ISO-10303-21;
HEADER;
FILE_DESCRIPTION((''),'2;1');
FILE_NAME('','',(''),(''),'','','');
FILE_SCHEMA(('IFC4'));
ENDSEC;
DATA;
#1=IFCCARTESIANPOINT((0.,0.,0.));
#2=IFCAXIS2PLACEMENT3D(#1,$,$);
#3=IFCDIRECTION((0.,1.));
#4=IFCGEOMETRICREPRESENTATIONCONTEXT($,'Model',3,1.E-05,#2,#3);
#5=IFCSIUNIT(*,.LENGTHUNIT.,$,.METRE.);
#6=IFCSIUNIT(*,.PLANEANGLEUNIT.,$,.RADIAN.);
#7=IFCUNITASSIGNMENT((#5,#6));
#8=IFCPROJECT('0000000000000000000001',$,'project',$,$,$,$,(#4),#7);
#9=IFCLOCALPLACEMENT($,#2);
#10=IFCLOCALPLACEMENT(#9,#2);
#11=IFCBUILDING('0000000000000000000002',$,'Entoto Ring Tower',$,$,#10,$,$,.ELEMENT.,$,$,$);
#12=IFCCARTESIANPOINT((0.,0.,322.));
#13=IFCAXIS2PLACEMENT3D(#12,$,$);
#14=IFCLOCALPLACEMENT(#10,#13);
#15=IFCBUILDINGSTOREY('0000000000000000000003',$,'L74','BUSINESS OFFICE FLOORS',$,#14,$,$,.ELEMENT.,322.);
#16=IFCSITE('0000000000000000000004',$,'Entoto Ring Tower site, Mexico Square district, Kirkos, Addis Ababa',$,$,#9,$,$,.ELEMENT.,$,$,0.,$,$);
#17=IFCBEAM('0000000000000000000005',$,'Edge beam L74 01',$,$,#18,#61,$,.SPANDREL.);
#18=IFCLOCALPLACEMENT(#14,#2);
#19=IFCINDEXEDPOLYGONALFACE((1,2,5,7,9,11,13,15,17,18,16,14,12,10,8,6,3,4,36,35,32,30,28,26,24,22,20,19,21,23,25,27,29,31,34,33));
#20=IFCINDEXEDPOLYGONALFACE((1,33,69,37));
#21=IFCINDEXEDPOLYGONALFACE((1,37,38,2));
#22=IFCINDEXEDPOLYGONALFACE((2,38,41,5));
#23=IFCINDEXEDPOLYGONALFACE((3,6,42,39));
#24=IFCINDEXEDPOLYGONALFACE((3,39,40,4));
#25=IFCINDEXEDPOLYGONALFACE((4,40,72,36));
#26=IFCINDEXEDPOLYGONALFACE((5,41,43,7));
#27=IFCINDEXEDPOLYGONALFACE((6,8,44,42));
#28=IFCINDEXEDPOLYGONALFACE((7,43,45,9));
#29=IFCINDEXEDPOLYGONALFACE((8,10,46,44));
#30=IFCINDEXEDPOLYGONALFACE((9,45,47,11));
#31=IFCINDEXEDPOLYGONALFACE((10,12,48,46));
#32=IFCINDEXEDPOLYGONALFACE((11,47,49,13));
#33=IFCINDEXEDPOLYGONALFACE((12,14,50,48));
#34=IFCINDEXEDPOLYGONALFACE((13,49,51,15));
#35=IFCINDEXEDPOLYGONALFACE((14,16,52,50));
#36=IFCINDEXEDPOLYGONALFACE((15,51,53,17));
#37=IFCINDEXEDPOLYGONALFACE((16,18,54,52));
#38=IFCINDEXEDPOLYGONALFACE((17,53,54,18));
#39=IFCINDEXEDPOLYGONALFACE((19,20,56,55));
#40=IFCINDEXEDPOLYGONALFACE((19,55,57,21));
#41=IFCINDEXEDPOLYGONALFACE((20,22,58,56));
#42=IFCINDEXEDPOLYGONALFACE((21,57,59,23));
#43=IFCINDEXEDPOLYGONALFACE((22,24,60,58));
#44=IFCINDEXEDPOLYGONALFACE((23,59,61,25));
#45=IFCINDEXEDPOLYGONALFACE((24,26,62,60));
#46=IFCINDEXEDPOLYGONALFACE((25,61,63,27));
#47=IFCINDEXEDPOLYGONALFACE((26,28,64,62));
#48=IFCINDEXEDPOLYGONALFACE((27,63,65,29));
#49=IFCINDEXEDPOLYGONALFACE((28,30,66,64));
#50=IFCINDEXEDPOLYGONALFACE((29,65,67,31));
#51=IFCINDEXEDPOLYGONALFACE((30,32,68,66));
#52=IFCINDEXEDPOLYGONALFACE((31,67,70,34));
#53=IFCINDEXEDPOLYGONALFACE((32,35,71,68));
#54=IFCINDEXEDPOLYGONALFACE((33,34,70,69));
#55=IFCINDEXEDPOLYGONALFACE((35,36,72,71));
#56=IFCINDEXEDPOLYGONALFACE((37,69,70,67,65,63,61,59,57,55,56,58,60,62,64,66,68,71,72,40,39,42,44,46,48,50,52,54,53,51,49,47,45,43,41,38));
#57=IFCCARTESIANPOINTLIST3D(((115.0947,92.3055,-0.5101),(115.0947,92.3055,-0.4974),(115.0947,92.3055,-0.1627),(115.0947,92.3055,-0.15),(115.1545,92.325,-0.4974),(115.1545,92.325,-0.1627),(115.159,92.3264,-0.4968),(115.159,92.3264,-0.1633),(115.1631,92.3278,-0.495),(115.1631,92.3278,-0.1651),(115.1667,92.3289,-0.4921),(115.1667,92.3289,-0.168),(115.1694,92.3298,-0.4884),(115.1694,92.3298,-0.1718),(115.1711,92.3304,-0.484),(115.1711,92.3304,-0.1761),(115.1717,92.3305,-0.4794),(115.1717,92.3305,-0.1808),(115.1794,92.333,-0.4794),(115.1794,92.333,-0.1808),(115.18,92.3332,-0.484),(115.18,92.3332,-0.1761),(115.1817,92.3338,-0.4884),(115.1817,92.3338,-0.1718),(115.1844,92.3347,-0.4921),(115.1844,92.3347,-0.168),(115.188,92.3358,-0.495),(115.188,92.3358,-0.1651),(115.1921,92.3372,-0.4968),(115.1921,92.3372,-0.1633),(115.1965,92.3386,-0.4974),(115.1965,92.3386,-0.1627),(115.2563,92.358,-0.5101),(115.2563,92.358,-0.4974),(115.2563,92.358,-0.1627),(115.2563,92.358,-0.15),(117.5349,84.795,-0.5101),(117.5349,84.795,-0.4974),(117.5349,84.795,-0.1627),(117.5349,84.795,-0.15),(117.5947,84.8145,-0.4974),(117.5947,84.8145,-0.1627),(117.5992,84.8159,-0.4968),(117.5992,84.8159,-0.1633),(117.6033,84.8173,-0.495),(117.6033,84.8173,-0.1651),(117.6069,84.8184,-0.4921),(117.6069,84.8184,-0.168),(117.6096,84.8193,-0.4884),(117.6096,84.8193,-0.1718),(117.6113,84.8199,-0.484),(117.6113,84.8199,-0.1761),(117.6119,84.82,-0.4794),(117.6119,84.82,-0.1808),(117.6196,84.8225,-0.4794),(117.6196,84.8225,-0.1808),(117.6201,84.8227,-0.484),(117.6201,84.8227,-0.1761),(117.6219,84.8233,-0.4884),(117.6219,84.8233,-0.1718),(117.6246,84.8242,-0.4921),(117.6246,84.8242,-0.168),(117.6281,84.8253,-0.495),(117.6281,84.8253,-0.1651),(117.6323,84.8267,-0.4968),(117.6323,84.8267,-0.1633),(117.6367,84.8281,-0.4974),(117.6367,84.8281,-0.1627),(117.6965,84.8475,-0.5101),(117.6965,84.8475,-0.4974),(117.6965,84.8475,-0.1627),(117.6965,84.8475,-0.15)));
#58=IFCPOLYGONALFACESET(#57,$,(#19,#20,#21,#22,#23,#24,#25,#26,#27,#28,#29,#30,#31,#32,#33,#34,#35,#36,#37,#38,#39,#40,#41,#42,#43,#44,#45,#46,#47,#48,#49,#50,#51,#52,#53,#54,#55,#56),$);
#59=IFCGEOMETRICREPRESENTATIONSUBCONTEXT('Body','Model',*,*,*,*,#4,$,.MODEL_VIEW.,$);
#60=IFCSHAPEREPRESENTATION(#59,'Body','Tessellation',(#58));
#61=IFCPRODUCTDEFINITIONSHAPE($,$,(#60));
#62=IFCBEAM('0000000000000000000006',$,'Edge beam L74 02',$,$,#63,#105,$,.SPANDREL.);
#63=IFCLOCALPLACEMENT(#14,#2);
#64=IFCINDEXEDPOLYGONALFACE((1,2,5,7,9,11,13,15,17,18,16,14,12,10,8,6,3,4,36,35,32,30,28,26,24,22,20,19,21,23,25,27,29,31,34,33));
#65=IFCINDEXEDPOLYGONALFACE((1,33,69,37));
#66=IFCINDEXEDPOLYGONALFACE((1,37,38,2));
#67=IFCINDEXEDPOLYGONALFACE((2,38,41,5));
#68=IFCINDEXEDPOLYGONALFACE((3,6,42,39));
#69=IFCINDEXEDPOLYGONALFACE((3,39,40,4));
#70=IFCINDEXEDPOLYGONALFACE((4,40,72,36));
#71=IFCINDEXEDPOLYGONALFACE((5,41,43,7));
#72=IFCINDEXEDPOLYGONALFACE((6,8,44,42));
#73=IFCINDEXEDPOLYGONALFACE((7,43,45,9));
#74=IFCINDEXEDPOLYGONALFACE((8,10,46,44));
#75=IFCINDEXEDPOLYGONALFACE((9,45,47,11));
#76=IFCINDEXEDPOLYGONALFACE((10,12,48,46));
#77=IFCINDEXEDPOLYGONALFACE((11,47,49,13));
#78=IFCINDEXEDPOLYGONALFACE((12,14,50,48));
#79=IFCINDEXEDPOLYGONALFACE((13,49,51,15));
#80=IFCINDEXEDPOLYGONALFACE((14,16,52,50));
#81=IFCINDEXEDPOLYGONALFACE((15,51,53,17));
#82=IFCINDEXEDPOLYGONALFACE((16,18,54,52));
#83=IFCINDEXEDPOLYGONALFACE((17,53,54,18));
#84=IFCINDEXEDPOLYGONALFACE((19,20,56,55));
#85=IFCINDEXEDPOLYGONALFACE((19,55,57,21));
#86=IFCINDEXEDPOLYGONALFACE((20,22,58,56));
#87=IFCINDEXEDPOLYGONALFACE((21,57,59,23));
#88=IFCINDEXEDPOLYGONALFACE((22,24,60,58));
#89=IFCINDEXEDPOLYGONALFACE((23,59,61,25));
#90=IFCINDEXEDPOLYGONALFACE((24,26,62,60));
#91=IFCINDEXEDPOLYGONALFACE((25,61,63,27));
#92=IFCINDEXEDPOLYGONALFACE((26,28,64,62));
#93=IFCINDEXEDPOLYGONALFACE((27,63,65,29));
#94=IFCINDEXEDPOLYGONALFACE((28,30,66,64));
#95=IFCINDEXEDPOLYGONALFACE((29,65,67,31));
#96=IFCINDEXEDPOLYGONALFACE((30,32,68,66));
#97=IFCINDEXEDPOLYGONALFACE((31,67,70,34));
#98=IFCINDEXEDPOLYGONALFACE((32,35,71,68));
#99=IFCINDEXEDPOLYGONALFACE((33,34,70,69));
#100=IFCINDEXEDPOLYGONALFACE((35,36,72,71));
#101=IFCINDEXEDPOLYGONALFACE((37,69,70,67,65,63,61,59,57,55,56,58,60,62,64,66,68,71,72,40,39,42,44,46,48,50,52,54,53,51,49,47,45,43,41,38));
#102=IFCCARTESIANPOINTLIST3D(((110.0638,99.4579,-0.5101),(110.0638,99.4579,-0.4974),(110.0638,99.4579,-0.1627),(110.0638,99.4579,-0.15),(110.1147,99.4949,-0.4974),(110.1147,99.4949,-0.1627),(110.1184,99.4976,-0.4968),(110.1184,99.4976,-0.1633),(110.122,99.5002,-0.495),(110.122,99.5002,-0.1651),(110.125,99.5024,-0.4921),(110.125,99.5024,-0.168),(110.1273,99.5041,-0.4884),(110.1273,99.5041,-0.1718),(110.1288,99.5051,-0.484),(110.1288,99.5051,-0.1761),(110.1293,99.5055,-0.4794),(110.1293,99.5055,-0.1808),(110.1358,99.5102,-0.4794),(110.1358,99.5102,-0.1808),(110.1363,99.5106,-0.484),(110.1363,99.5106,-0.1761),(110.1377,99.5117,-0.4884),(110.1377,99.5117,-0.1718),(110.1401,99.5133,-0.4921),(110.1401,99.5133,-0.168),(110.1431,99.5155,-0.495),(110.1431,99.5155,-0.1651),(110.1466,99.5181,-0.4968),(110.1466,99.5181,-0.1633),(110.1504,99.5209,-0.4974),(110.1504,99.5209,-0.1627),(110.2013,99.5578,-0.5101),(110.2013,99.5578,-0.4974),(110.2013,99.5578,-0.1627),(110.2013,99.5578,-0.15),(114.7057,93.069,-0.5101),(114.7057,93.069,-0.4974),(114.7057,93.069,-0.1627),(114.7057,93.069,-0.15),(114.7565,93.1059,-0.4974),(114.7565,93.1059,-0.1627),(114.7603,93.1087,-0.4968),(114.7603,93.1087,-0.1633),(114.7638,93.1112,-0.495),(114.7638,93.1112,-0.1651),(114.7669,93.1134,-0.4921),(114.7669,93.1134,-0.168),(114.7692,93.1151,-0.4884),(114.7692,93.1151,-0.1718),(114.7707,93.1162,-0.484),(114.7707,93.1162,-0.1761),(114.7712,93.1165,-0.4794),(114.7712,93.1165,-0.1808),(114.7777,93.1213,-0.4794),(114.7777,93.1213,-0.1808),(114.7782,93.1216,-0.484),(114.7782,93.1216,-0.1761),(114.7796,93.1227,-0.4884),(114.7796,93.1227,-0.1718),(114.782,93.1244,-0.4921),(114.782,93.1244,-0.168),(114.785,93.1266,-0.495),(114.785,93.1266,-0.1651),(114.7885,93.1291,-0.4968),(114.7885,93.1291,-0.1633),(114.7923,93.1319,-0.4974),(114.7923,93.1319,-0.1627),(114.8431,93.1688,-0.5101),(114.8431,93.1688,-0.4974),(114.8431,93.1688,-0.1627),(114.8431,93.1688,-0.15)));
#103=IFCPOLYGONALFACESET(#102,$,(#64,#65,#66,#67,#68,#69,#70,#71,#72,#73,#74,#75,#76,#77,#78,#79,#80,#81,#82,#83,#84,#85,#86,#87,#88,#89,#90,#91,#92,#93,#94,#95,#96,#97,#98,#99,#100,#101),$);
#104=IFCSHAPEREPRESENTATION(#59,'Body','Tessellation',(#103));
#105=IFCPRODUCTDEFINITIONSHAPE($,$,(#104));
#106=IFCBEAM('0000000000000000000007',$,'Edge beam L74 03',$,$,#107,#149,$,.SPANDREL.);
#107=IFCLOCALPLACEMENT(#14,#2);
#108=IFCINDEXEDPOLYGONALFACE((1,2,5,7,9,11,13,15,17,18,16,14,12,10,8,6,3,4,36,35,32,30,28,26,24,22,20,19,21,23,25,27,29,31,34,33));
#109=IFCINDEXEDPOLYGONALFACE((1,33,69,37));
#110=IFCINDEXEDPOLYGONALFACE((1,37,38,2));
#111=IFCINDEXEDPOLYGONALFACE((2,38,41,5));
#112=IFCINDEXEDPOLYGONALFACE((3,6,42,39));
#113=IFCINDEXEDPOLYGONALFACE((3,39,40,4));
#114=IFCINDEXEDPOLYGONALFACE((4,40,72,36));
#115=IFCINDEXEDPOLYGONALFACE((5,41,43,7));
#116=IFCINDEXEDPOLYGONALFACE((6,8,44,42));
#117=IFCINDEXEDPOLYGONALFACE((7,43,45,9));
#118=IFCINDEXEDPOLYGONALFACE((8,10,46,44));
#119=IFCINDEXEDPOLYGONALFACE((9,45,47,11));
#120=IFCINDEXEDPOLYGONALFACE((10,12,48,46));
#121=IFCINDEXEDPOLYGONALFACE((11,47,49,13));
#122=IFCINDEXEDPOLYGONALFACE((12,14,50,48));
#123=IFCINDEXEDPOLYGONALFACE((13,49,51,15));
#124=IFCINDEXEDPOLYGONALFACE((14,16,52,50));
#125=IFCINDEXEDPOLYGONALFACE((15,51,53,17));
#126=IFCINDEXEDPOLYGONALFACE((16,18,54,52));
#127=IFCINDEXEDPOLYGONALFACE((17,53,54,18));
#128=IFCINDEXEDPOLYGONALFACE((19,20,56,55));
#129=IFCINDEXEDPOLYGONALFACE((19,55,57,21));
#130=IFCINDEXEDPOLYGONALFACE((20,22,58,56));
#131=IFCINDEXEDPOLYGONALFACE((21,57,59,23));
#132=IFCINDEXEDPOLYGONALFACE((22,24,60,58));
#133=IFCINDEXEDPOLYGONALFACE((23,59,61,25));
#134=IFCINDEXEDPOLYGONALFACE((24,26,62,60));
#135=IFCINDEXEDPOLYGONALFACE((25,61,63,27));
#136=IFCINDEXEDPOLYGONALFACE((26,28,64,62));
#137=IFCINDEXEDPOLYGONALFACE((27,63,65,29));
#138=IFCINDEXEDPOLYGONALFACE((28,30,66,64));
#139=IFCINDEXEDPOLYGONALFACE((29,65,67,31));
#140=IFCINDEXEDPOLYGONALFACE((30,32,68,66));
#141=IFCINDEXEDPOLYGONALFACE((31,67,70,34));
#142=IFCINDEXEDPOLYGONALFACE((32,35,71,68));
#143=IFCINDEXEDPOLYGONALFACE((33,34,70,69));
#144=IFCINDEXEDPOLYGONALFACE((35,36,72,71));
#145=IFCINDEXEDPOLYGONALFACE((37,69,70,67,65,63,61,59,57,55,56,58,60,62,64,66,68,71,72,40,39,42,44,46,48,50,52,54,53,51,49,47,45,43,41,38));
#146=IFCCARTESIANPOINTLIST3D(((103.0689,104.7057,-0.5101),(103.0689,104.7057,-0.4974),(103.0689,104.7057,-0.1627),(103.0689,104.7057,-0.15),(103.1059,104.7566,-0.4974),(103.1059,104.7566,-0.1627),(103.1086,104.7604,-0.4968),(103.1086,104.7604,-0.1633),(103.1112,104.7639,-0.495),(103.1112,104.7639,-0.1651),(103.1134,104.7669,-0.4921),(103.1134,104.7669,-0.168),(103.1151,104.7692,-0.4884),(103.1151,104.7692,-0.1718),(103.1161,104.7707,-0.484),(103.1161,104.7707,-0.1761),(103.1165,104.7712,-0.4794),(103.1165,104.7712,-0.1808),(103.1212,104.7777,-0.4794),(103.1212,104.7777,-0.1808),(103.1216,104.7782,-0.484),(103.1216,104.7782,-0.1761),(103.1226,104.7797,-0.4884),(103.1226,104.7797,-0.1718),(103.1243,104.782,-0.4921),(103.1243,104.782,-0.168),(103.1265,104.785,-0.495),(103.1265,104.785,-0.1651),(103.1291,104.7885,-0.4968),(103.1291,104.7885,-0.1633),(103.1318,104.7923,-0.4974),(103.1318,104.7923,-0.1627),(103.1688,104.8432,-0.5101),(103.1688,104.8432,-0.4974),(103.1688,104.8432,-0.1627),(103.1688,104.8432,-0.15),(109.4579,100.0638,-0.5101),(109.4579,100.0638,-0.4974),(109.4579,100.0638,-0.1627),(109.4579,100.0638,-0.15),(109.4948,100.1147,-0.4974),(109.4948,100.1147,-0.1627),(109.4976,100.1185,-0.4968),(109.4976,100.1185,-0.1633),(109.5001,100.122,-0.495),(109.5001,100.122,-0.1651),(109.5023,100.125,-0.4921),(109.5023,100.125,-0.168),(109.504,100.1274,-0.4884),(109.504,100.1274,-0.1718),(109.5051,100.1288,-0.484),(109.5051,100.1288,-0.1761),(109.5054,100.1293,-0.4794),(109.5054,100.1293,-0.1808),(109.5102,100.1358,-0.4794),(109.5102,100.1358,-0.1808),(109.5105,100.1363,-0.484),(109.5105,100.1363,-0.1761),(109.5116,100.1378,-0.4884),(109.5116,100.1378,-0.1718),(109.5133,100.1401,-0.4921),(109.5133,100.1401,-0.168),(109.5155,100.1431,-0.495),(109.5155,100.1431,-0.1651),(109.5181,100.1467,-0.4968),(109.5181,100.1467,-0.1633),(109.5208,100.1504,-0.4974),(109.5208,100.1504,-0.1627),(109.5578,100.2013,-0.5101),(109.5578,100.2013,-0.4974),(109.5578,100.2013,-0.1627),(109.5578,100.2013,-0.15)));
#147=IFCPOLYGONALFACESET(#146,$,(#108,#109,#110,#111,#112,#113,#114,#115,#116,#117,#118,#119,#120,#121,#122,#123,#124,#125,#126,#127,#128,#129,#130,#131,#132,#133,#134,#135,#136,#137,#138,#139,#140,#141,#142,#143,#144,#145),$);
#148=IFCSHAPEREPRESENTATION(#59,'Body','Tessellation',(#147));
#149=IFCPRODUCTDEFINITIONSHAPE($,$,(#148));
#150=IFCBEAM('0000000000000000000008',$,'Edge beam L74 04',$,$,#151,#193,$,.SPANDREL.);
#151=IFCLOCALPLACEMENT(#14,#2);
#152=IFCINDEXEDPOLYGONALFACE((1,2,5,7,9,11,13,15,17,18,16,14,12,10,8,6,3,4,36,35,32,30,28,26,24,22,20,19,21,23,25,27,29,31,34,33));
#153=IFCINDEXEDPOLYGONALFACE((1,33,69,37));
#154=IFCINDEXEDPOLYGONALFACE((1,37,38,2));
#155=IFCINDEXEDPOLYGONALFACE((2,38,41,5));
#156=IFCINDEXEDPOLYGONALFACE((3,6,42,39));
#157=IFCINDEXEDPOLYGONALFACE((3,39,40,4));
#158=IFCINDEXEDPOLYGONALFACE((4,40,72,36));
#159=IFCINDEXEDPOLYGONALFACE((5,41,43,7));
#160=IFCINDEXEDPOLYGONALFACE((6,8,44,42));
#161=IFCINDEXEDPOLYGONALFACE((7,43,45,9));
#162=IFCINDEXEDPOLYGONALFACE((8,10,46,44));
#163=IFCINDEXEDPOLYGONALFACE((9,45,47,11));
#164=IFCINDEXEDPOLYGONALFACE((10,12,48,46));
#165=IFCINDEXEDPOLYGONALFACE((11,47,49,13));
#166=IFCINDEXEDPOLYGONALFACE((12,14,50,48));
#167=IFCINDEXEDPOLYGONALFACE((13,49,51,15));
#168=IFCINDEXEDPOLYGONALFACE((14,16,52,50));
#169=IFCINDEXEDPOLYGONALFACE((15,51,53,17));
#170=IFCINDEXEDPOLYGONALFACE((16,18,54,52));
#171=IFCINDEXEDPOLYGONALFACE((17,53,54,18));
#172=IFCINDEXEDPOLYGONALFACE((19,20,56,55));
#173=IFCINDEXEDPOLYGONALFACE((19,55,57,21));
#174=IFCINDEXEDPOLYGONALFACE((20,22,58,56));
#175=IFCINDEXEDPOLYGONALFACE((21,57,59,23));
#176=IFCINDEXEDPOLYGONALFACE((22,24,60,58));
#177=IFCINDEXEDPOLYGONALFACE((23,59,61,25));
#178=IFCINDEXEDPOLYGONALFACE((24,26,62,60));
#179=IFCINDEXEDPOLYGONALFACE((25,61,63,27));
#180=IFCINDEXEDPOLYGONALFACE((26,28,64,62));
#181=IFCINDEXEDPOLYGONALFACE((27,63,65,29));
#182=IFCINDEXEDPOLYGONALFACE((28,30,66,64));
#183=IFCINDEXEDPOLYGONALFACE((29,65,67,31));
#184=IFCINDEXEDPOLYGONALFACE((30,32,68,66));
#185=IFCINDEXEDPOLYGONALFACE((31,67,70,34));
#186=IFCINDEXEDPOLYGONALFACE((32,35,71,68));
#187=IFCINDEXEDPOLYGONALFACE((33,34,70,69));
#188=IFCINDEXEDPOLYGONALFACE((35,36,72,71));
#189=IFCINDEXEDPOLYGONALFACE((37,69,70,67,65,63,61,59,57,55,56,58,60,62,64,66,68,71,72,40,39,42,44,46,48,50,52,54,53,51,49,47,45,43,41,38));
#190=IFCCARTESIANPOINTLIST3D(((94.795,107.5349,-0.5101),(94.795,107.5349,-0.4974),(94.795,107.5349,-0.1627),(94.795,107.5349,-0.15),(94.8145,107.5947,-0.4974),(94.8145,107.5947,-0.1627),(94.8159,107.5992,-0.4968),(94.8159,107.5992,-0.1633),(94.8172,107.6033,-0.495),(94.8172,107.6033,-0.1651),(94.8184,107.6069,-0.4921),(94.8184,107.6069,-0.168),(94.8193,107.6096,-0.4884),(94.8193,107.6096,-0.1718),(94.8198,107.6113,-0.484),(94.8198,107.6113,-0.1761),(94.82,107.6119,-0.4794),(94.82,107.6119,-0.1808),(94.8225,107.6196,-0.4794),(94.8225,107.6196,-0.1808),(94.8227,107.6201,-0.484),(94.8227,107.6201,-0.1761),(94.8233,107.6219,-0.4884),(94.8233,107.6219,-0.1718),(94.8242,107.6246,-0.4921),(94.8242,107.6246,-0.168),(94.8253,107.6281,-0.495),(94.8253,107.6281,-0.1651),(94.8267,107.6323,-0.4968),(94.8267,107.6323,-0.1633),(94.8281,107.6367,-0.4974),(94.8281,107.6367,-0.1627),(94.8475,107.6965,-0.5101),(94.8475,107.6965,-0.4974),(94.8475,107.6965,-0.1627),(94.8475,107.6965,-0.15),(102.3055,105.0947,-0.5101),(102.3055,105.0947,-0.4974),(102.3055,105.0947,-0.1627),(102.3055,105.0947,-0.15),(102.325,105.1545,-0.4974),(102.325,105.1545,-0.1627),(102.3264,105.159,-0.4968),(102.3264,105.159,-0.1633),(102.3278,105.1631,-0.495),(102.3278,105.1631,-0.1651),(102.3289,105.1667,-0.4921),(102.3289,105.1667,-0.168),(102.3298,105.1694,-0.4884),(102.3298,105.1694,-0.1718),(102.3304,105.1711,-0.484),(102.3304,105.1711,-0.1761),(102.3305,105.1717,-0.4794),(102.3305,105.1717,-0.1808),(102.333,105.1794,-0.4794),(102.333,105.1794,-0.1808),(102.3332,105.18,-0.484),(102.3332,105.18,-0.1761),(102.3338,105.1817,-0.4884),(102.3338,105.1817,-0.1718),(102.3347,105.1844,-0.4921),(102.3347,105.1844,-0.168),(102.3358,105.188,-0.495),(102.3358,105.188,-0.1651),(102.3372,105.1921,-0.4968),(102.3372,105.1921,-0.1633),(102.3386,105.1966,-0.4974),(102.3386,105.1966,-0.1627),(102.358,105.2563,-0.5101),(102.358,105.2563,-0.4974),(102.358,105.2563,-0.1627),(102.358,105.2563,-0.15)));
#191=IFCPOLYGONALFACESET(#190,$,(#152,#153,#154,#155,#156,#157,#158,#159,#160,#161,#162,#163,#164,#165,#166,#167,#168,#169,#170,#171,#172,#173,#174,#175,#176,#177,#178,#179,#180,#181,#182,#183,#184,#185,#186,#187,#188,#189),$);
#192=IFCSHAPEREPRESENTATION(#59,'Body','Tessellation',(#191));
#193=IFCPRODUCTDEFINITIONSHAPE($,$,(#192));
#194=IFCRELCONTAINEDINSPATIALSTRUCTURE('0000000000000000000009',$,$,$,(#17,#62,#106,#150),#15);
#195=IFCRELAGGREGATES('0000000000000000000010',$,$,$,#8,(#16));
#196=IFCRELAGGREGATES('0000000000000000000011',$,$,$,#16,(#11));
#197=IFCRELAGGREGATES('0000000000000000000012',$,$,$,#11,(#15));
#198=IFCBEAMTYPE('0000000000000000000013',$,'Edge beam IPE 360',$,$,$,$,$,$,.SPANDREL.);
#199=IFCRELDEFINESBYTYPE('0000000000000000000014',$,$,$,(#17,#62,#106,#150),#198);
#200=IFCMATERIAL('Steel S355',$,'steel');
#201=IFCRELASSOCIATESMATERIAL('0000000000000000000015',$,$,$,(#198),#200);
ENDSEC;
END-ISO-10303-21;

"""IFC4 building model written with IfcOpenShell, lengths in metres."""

from ifc_helpers import new_model, si_unit, direction, frame, origin, origin_2d, place, context, subcontext, project, spatial, i_section, extrude, material, material_profile, profile_set, type_object, element, save


model = new_model("IFC4")

# Units and contexts
model_context = context("Model", 3, precision=1e-05, world=origin(), true_north=direction((0.0, 1.0)))
body_context = subcontext(model_context, "Body", "Model", "MODEL_VIEW")
ifc_project = project(units=[si_unit("LENGTHUNIT", "METRE"), si_unit("PLANEANGLEUNIT", "RADIAN")], contexts=[model_context])

# Site, building, storey
site_placement = place(None, origin())
site = spatial("IfcSite", under=ifc_project, at=site_placement, Name="Entoto Ring Tower site, Mexico Square district, Kirkos, Addis Ababa", CompositionType="ELEMENT", RefElevation=0.0)
building_placement = place(site_placement, origin())
building = spatial("IfcBuilding", under=site, at=building_placement, Name="Entoto Ring Tower", CompositionType="ELEMENT")
storey_placement = place(building_placement, frame((0.0, 0.0, 322.0)))
storey = spatial("IfcBuildingStorey", under=building, at=storey_placement, Name="L74", Description="BUSINESS OFFICE FLOORS", CompositionType="ELEMENT", Elevation=322.0)

# Beams
ifc_material_1 = material(Name="Steel S355", Category="steel")
ifc_material_profile_1 = material_profile(ifc_material_1, i_section(OverallWidth=0.1699, OverallDepth=0.3601, WebThickness=0.0081, FlangeThickness=0.0127, FilletRadius=0.0181, at=origin_2d()), Name="IPE 360")
ifc_profile_set_1 = profile_set([ifc_material_profile_1], Name="Steel S355")
beam_type_1 = type_object("IfcBeamType", Name="Edge beam IPE 360", PredefinedType="SPANDREL", material=ifc_profile_set_1)
beam_1_placement = place(storey_placement, frame((117.6157, 84.8213, -0.3301), z_axis=(-0.309003, 0.951061, 0.0), x_axis=(-0.951061, -0.309003, 0.0)))
element("IfcBeam", 1, at=beam_1_placement, inside=storey, type_object=beam_type_1, Name="Edge beam L74 01", PredefinedType="SPANDREL", context=body_context, shape_type="SweptSolid", body=[
    extrude(i_section(OverallWidth=0.1699, OverallDepth=0.3601, WebThickness=0.0081, FlangeThickness=0.0127, FilletRadius=0.0181, at=origin_2d()), origin(), (0.0, 0.0, 1.0), 7.897),
])
for number, where, z_axis, x_axis, name in (
    (2, (114.7744, 93.1189, -0.3301), (-0.587787, 0.809015, 0.0), (-0.809015, -0.587787, 0.0), "Edge beam L74 02"),
    (3, (109.5078, 100.1326, -0.3301), (-0.809015, 0.587787, 0.0), (-0.587787, -0.809015, 0.0), "Edge beam L74 03"),
):
    element("IfcBeam", number, at=place(storey_placement, frame(where, z_axis=z_axis, x_axis=x_axis)), inside=storey, type_object=beam_type_1, Name=name, PredefinedType="SPANDREL", context=body_context, shape_type="SweptSolid", body=[
        extrude(i_section(OverallWidth=0.1699, OverallDepth=0.3601, WebThickness=0.0081, FlangeThickness=0.0127, FilletRadius=0.0181, at=origin_2d()), origin(), (0.0, 0.0, 1.0), 7.8972),
    ])
beam_2_placement = place(storey_placement, frame((102.3318, 105.1755, -0.3301), z_axis=(-0.951061, 0.309003, 0.0), x_axis=(-0.309003, -0.951061, 0.0)))
element("IfcBeam", 4, at=beam_2_placement, inside=storey, type_object=beam_type_1, Name="Edge beam L74 04", PredefinedType="SPANDREL", context=body_context, shape_type="SweptSolid", body=[
    extrude(i_section(OverallWidth=0.1699, OverallDepth=0.3601, WebThickness=0.0081, FlangeThickness=0.0127, FilletRadius=0.0181, at=origin_2d()), origin(), (0.0, 0.0, 1.0), 7.897),
])

save(model, "model.ifc")
